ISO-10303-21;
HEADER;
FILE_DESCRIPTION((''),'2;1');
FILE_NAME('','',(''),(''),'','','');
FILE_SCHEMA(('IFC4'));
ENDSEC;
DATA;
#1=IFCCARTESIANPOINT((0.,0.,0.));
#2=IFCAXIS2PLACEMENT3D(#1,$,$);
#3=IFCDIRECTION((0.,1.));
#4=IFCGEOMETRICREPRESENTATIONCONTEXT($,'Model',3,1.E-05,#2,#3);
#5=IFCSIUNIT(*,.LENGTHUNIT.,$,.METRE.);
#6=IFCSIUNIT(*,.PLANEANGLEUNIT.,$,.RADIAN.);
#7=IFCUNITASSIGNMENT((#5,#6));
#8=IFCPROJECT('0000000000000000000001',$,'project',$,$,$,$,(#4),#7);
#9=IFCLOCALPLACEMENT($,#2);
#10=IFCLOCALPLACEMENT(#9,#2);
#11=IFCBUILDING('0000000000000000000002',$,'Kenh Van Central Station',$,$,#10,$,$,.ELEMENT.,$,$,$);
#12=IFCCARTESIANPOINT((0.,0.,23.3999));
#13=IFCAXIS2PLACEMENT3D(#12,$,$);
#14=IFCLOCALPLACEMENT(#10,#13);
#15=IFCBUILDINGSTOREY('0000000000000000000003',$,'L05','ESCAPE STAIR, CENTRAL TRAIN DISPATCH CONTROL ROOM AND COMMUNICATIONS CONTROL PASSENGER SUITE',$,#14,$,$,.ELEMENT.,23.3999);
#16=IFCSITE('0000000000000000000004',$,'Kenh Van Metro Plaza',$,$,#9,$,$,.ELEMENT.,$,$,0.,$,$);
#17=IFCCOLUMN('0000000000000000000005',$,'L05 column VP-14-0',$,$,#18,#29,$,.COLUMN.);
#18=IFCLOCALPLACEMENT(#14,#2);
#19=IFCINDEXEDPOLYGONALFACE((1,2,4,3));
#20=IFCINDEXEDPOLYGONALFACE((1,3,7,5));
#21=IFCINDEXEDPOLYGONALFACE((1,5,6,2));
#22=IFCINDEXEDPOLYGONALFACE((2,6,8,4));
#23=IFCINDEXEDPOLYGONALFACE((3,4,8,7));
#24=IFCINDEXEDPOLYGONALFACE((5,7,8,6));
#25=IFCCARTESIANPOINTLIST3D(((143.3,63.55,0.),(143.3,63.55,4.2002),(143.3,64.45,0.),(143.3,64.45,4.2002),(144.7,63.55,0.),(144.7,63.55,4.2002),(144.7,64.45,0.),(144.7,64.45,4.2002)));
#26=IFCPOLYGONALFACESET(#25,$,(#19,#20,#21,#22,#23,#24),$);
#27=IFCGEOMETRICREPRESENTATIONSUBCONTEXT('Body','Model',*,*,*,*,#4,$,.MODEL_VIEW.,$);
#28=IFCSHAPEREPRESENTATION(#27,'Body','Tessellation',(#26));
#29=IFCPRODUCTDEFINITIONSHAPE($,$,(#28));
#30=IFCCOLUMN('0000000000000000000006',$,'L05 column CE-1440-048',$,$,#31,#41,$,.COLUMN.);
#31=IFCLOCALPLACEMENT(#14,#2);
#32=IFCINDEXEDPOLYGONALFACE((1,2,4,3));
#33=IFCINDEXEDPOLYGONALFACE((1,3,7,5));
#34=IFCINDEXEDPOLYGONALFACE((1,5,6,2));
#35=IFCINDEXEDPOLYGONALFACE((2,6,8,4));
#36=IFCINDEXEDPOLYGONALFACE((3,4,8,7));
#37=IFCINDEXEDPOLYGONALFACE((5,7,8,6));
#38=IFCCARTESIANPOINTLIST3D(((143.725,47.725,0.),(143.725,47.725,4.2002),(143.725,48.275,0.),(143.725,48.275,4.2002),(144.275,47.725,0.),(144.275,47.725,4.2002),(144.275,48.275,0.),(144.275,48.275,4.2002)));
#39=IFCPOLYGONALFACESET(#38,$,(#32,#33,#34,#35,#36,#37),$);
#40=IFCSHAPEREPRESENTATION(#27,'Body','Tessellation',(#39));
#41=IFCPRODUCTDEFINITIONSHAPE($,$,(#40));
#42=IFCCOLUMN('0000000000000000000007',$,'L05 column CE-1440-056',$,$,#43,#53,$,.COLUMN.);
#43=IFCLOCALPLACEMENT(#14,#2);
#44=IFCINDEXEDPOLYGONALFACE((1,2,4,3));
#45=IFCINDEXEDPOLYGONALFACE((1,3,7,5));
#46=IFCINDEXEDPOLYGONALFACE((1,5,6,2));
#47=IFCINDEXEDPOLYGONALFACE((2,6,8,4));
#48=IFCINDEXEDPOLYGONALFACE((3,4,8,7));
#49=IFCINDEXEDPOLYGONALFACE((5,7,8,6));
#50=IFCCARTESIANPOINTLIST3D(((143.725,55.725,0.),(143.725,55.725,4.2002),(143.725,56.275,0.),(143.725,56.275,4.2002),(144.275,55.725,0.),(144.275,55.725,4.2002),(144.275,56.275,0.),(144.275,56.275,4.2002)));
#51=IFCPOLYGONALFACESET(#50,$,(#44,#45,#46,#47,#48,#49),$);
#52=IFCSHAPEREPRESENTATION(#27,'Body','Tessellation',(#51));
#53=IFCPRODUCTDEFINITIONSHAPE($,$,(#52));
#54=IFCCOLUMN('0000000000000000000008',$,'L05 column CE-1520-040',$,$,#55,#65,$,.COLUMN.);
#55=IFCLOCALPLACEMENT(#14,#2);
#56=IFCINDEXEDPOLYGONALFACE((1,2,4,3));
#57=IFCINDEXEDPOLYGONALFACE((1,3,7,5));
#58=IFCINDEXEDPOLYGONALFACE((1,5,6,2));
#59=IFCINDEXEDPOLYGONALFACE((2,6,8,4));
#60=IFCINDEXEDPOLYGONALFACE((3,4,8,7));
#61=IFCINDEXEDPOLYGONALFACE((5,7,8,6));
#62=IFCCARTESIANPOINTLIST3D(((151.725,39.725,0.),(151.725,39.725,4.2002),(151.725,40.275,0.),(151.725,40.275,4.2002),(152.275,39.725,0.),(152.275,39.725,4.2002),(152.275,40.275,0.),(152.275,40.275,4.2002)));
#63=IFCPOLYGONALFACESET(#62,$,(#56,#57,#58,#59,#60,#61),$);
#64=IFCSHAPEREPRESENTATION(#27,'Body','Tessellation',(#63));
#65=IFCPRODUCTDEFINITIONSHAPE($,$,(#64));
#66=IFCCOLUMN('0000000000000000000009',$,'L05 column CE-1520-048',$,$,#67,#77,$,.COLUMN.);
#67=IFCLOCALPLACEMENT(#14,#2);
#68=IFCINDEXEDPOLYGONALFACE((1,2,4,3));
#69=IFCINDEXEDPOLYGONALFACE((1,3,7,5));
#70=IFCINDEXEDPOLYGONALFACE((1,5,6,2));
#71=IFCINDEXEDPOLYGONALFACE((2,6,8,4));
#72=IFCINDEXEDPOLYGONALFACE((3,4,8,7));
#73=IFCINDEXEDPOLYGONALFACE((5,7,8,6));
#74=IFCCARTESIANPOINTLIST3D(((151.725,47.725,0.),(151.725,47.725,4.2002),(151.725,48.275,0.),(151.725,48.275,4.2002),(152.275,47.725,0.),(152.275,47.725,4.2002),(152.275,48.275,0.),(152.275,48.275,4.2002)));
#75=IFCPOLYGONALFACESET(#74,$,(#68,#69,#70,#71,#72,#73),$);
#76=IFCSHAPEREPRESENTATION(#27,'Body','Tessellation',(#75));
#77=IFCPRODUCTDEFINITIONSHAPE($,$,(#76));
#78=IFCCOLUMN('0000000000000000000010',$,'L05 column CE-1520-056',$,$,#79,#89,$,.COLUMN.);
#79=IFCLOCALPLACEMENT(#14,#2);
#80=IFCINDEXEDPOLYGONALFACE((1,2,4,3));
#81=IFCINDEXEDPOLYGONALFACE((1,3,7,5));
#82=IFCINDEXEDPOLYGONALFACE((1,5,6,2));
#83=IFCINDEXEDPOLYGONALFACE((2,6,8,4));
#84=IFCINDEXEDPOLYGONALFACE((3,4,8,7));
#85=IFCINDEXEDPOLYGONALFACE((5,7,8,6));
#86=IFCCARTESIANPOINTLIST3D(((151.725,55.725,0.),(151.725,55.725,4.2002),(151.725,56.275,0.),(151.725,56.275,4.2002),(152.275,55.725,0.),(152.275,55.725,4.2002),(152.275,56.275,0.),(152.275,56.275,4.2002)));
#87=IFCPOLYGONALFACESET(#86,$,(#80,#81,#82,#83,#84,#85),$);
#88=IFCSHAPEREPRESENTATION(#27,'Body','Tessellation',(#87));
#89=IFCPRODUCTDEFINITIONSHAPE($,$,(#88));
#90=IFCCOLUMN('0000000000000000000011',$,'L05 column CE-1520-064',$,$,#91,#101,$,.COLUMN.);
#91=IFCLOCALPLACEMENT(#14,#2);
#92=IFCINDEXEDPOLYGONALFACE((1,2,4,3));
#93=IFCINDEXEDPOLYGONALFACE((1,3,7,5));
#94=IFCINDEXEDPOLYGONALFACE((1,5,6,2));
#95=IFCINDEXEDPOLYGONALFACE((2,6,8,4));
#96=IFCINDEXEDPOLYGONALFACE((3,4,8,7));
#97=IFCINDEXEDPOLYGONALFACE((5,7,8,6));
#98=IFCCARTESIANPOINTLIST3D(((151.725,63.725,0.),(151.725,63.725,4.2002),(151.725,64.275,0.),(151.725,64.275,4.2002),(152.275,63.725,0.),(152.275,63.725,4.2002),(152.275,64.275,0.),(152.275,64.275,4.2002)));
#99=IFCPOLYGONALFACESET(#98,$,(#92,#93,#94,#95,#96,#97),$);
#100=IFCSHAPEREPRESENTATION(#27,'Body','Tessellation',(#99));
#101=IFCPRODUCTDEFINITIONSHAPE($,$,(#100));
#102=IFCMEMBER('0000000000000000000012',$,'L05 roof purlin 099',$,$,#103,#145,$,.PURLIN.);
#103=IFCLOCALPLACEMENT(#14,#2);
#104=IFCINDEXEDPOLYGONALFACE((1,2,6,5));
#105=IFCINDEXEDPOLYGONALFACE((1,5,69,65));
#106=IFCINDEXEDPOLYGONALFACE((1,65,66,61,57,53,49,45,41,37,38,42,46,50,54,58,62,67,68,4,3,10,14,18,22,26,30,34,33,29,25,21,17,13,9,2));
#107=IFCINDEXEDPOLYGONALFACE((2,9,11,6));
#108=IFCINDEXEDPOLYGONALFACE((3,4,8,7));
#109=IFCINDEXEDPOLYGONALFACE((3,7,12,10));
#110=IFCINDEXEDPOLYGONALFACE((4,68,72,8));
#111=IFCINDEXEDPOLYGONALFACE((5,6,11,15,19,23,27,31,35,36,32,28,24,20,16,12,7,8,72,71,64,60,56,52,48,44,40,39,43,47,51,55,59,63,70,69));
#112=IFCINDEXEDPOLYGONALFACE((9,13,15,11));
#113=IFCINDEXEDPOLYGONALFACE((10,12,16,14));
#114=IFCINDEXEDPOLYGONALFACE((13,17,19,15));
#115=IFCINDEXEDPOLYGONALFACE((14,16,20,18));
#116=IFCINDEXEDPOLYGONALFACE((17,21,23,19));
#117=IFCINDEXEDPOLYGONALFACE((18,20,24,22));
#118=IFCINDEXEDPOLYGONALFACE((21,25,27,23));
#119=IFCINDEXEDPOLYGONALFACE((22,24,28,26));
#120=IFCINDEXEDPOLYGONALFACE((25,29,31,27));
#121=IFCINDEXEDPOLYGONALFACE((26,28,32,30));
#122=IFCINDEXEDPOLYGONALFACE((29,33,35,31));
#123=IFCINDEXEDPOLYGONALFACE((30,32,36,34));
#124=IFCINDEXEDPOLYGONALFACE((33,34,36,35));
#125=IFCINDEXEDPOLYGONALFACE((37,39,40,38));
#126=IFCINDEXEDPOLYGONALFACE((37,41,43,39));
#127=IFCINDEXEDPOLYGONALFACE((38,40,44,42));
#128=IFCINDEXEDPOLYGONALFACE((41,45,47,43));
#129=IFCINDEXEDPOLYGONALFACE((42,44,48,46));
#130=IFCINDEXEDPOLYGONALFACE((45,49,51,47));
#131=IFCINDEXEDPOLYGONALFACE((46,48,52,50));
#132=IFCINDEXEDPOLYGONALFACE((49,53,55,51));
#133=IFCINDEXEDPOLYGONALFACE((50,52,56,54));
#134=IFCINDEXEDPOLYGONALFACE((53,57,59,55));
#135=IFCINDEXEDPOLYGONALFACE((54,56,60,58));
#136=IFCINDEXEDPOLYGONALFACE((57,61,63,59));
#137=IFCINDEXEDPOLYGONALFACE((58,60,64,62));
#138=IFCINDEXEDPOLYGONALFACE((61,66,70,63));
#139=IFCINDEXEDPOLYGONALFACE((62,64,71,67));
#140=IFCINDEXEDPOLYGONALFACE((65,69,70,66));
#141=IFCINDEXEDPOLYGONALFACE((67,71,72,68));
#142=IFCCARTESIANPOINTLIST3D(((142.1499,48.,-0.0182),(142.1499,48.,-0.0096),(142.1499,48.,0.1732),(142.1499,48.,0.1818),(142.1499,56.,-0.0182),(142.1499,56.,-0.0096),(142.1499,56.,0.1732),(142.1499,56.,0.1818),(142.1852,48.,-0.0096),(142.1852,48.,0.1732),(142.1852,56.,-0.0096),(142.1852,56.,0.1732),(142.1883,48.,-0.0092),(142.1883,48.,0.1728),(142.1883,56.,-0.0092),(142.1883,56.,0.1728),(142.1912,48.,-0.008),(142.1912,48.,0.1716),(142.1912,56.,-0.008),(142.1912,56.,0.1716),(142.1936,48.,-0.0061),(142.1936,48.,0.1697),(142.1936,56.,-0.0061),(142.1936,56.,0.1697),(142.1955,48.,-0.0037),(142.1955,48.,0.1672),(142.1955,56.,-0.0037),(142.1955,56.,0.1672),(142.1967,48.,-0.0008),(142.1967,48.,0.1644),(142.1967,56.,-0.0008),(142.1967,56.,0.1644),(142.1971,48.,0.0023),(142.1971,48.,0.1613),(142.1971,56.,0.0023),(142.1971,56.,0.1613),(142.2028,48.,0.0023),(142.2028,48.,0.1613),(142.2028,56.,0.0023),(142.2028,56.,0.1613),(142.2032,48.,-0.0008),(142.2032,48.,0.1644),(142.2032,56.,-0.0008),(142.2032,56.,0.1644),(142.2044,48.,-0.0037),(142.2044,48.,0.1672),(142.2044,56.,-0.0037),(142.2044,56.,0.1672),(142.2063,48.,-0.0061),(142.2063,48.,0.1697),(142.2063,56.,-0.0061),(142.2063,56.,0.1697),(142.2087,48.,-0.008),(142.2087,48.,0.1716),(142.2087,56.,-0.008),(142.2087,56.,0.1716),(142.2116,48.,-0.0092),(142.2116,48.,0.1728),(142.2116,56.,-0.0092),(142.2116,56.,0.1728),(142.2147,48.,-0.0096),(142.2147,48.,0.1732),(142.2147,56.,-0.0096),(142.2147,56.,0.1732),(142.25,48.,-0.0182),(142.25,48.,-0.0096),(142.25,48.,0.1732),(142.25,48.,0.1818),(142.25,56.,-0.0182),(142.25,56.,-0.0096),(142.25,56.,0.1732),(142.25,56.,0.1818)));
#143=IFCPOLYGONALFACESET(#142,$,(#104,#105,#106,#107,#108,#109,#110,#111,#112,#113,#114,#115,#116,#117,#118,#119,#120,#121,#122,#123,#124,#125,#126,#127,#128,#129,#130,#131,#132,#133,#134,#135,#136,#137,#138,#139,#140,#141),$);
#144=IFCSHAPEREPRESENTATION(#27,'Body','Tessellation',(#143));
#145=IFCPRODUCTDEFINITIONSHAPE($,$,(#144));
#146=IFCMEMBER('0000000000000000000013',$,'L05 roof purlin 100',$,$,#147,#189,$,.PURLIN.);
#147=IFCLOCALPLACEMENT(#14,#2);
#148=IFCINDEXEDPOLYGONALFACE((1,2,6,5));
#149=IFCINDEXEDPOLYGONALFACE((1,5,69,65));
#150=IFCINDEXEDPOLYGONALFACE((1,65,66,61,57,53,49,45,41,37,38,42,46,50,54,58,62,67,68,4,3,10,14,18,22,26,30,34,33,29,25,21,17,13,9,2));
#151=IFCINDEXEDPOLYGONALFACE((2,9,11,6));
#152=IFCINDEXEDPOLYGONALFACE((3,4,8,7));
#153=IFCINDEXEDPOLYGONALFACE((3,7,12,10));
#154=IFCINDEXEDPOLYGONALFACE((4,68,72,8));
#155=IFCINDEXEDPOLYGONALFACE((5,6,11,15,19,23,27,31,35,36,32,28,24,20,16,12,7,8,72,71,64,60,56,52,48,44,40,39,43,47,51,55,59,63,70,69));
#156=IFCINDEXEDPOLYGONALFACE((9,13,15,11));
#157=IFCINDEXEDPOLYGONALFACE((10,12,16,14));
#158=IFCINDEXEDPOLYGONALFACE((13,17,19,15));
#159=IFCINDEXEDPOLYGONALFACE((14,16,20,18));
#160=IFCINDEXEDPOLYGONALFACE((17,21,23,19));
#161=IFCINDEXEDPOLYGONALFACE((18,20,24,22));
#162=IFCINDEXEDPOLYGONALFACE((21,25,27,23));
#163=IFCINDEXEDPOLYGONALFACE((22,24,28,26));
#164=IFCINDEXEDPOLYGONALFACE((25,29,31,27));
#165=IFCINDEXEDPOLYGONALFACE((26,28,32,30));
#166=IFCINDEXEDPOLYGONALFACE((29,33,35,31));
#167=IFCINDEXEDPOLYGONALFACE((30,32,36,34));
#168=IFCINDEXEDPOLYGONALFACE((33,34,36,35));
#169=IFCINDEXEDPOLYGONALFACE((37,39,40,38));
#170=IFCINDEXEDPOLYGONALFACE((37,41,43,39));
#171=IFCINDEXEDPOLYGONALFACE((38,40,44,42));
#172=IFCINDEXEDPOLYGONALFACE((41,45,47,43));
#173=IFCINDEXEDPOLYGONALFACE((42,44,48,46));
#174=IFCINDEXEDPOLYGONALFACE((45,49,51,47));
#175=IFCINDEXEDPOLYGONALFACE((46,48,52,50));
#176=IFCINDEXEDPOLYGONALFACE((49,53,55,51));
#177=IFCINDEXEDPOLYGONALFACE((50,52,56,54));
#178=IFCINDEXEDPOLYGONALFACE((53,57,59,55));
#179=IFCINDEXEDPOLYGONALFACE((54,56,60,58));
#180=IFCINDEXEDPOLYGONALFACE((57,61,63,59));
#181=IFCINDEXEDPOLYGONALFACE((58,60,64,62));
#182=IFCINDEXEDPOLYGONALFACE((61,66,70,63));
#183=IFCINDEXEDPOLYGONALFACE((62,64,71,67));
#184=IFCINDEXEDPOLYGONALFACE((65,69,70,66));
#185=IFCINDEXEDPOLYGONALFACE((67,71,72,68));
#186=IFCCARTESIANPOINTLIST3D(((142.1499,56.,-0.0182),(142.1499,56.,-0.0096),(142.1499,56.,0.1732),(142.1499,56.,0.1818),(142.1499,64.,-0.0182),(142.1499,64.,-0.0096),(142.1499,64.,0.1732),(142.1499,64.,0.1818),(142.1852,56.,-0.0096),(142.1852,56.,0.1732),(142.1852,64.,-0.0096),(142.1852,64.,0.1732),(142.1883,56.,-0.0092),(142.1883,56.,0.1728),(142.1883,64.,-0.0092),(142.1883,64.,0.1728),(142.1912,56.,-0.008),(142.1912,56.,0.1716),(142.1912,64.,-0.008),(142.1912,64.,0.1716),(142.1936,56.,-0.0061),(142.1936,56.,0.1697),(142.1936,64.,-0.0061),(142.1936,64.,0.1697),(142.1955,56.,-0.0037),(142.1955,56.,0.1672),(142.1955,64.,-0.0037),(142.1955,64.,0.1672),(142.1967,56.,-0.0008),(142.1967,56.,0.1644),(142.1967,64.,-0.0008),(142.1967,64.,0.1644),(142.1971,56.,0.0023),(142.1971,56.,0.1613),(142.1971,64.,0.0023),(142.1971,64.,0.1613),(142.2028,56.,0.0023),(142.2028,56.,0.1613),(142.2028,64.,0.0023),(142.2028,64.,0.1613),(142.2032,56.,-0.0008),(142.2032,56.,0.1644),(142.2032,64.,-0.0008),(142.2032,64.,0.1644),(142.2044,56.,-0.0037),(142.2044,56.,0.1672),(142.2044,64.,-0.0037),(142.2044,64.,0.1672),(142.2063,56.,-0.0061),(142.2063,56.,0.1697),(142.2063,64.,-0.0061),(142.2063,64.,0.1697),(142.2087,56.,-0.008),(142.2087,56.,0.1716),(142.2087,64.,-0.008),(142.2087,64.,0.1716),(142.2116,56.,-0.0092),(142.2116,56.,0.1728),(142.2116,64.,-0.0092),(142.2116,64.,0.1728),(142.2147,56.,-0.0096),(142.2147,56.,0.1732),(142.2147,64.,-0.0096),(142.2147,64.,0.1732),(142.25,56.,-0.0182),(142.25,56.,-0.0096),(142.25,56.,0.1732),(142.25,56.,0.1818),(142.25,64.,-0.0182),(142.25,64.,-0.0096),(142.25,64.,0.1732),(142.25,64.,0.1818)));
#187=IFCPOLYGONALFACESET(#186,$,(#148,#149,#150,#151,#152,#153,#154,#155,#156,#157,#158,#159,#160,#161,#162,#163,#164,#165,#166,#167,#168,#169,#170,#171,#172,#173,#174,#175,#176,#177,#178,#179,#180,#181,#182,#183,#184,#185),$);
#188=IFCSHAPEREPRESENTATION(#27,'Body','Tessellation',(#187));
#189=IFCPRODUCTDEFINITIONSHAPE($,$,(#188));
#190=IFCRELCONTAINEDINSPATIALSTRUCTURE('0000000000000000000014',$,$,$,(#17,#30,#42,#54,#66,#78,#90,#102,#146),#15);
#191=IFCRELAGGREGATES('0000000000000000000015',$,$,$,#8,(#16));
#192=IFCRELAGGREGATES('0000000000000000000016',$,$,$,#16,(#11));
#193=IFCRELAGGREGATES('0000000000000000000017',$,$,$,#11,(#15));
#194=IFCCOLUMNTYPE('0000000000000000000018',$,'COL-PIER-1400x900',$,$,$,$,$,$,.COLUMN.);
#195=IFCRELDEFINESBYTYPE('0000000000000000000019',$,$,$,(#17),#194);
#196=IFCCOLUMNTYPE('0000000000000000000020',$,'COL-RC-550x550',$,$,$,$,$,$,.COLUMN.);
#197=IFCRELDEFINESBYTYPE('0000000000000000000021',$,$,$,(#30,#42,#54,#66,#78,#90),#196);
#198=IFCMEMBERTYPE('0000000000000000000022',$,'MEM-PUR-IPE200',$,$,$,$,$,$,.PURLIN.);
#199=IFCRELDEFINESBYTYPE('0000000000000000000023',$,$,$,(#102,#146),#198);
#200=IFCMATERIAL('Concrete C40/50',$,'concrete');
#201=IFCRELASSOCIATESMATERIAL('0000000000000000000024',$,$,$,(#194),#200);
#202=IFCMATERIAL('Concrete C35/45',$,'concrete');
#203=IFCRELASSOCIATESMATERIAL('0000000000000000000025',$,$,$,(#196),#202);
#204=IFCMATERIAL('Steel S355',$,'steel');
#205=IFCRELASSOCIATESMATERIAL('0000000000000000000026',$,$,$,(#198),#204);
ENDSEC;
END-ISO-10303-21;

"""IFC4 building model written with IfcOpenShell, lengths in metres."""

from ifc_helpers import new_model, si_unit, direction, frame, origin, origin_2d, place, context, subcontext, project, spatial, rectangle, i_section, extrude, material, material_profile, profile_set, type_object, element, save


model = new_model("IFC4")

# Units and contexts
model_context = context("Model", 3, precision=1e-05, world=origin(), true_north=direction((0.0, 1.0)))
body_context = subcontext(model_context, "Body", "Model", "MODEL_VIEW")
ifc_project = project(units=[si_unit("LENGTHUNIT", "METRE"), si_unit("PLANEANGLEUNIT", "RADIAN")], contexts=[model_context])

# Site, building, storey
site_placement = place(None, origin())
site = spatial("IfcSite", under=ifc_project, at=site_placement, Name="Kenh Van Metro Plaza", CompositionType="ELEMENT", RefElevation=0.0)
building_placement = place(site_placement, origin())
building = spatial("IfcBuilding", under=site, at=building_placement, Name="Kenh Van Central Station", CompositionType="ELEMENT")
storey_placement = place(building_placement, frame((0.0, 0.0, 23.3999)))
storey = spatial("IfcBuildingStorey", under=building, at=storey_placement, Name="L05", Description="ESCAPE STAIR, CENTRAL TRAIN DISPATCH CONTROL ROOM AND COMMUNICATIONS CONTROL PASSENGER SUITE", CompositionType="ELEMENT", Elevation=23.3999)

# Columns
ifc_material_1 = material(Name="Concrete C40/50", Category="concrete")
ifc_material_profile_1 = material_profile(ifc_material_1, rectangle(XDim=1.3999, YDim=0.8999, at=origin_2d()), Name="RC 1400x900")
ifc_profile_set_1 = profile_set([ifc_material_profile_1], Name="Concrete C40/50")
column_type_1 = type_object("IfcColumnType", Name="COL-PIER-1400x900", PredefinedType="COLUMN", material=ifc_profile_set_1)
column_placement = place(storey_placement, frame((144.0, 64.0, 0.0), z_axis=(0.0, 0.0, 1.0), x_axis=(1.0, 0.0, 0.0)))
element("IfcColumn", 1, at=column_placement, inside=storey, type_object=column_type_1, Name="L05 column VP-14-0", PredefinedType="COLUMN", context=body_context, shape_type="SweptSolid", body=[
    extrude(rectangle(XDim=1.3999, YDim=0.8999, at=origin_2d()), origin(), (0.0, 0.0, 1.0), 4.2002),
])
ifc_material_2 = material(Name="Concrete C35/45", Category="concrete")
ifc_material_profile_2 = material_profile(ifc_material_2, rectangle(XDim=0.55, YDim=0.55, at=origin_2d()), Name="RC 550x550")
ifc_profile_set_2 = profile_set([ifc_material_profile_2], Name="Concrete C35/45")
column_type_2 = type_object("IfcColumnType", Name="COL-RC-550x550", PredefinedType="COLUMN", material=ifc_profile_set_2)
for number, where, z_axis, x_axis, name in (
    (2, (144.0, 48.0, 0.0), (0.0, 0.0, 1.0), (1.0, 0.0, 0.0), "L05 column CE-1440-048"),
    (3, (144.0, 56.0, 0.0), (0.0, 0.0, 1.0), (1.0, 0.0, 0.0), "L05 column CE-1440-056"),
    (4, (152.0, 40.0, 0.0), (0.0, 0.0, 1.0), (1.0, 0.0, 0.0), "L05 column CE-1520-040"),
    (5, (152.0, 48.0, 0.0), (0.0, 0.0, 1.0), (1.0, 0.0, 0.0), "L05 column CE-1520-048"),
    (6, (152.0, 56.0, 0.0), (0.0, 0.0, 1.0), (1.0, 0.0, 0.0), "L05 column CE-1520-056"),
    (7, (152.0, 64.0, 0.0), (0.0, 0.0, 1.0), (1.0, 0.0, 0.0), "L05 column CE-1520-064"),
):
    element("IfcColumn", number, at=place(storey_placement, frame(where, z_axis=z_axis, x_axis=x_axis)), inside=storey, type_object=column_type_2, Name=name, PredefinedType="COLUMN", context=body_context, shape_type="SweptSolid", body=[
        extrude(rectangle(XDim=0.55, YDim=0.55, at=origin_2d()), origin(), (0.0, 0.0, 1.0), 4.2002),
    ])

# Members
ifc_material_3 = material(Name="Steel S355", Category="steel")
ifc_material_profile_3 = material_profile(ifc_material_3, i_section(OverallWidth=0.1001, OverallDepth=0.2, WebThickness=0.0056, FlangeThickness=0.0085, FilletRadius=0.012, at=origin_2d()), Name="IPE 200")
ifc_profile_set_3 = profile_set([ifc_material_profile_3], Name="Steel S355")
member_type_1 = type_object("IfcMemberType", Name="MEM-PUR-IPE200", PredefinedType="PURLIN", material=ifc_profile_set_3)
for number, where, z_axis, x_axis, name in (
    (8, (142.2, 48.0, 0.0818), (0.0, 1.0, 0.0), (-1.0, 0.0, 0.0), "L05 roof purlin 099"),
    (9, (142.2, 56.0, 0.0818), (0.0, 1.0, 0.0), (-1.0, 0.0, 0.0), "L05 roof purlin 100"),
):
    element("IfcMember", number, at=place(storey_placement, frame(where, z_axis=z_axis, x_axis=x_axis)), inside=storey, type_object=member_type_1, Name=name, PredefinedType="PURLIN", context=body_context, shape_type="SweptSolid", body=[
        extrude(i_section(OverallWidth=0.1001, OverallDepth=0.2, WebThickness=0.0056, FlangeThickness=0.0085, FilletRadius=0.012, at=origin_2d()), origin(), (0.0, 0.0, 1.0), 8.0),
    ])

save(model, "model.ifc")
